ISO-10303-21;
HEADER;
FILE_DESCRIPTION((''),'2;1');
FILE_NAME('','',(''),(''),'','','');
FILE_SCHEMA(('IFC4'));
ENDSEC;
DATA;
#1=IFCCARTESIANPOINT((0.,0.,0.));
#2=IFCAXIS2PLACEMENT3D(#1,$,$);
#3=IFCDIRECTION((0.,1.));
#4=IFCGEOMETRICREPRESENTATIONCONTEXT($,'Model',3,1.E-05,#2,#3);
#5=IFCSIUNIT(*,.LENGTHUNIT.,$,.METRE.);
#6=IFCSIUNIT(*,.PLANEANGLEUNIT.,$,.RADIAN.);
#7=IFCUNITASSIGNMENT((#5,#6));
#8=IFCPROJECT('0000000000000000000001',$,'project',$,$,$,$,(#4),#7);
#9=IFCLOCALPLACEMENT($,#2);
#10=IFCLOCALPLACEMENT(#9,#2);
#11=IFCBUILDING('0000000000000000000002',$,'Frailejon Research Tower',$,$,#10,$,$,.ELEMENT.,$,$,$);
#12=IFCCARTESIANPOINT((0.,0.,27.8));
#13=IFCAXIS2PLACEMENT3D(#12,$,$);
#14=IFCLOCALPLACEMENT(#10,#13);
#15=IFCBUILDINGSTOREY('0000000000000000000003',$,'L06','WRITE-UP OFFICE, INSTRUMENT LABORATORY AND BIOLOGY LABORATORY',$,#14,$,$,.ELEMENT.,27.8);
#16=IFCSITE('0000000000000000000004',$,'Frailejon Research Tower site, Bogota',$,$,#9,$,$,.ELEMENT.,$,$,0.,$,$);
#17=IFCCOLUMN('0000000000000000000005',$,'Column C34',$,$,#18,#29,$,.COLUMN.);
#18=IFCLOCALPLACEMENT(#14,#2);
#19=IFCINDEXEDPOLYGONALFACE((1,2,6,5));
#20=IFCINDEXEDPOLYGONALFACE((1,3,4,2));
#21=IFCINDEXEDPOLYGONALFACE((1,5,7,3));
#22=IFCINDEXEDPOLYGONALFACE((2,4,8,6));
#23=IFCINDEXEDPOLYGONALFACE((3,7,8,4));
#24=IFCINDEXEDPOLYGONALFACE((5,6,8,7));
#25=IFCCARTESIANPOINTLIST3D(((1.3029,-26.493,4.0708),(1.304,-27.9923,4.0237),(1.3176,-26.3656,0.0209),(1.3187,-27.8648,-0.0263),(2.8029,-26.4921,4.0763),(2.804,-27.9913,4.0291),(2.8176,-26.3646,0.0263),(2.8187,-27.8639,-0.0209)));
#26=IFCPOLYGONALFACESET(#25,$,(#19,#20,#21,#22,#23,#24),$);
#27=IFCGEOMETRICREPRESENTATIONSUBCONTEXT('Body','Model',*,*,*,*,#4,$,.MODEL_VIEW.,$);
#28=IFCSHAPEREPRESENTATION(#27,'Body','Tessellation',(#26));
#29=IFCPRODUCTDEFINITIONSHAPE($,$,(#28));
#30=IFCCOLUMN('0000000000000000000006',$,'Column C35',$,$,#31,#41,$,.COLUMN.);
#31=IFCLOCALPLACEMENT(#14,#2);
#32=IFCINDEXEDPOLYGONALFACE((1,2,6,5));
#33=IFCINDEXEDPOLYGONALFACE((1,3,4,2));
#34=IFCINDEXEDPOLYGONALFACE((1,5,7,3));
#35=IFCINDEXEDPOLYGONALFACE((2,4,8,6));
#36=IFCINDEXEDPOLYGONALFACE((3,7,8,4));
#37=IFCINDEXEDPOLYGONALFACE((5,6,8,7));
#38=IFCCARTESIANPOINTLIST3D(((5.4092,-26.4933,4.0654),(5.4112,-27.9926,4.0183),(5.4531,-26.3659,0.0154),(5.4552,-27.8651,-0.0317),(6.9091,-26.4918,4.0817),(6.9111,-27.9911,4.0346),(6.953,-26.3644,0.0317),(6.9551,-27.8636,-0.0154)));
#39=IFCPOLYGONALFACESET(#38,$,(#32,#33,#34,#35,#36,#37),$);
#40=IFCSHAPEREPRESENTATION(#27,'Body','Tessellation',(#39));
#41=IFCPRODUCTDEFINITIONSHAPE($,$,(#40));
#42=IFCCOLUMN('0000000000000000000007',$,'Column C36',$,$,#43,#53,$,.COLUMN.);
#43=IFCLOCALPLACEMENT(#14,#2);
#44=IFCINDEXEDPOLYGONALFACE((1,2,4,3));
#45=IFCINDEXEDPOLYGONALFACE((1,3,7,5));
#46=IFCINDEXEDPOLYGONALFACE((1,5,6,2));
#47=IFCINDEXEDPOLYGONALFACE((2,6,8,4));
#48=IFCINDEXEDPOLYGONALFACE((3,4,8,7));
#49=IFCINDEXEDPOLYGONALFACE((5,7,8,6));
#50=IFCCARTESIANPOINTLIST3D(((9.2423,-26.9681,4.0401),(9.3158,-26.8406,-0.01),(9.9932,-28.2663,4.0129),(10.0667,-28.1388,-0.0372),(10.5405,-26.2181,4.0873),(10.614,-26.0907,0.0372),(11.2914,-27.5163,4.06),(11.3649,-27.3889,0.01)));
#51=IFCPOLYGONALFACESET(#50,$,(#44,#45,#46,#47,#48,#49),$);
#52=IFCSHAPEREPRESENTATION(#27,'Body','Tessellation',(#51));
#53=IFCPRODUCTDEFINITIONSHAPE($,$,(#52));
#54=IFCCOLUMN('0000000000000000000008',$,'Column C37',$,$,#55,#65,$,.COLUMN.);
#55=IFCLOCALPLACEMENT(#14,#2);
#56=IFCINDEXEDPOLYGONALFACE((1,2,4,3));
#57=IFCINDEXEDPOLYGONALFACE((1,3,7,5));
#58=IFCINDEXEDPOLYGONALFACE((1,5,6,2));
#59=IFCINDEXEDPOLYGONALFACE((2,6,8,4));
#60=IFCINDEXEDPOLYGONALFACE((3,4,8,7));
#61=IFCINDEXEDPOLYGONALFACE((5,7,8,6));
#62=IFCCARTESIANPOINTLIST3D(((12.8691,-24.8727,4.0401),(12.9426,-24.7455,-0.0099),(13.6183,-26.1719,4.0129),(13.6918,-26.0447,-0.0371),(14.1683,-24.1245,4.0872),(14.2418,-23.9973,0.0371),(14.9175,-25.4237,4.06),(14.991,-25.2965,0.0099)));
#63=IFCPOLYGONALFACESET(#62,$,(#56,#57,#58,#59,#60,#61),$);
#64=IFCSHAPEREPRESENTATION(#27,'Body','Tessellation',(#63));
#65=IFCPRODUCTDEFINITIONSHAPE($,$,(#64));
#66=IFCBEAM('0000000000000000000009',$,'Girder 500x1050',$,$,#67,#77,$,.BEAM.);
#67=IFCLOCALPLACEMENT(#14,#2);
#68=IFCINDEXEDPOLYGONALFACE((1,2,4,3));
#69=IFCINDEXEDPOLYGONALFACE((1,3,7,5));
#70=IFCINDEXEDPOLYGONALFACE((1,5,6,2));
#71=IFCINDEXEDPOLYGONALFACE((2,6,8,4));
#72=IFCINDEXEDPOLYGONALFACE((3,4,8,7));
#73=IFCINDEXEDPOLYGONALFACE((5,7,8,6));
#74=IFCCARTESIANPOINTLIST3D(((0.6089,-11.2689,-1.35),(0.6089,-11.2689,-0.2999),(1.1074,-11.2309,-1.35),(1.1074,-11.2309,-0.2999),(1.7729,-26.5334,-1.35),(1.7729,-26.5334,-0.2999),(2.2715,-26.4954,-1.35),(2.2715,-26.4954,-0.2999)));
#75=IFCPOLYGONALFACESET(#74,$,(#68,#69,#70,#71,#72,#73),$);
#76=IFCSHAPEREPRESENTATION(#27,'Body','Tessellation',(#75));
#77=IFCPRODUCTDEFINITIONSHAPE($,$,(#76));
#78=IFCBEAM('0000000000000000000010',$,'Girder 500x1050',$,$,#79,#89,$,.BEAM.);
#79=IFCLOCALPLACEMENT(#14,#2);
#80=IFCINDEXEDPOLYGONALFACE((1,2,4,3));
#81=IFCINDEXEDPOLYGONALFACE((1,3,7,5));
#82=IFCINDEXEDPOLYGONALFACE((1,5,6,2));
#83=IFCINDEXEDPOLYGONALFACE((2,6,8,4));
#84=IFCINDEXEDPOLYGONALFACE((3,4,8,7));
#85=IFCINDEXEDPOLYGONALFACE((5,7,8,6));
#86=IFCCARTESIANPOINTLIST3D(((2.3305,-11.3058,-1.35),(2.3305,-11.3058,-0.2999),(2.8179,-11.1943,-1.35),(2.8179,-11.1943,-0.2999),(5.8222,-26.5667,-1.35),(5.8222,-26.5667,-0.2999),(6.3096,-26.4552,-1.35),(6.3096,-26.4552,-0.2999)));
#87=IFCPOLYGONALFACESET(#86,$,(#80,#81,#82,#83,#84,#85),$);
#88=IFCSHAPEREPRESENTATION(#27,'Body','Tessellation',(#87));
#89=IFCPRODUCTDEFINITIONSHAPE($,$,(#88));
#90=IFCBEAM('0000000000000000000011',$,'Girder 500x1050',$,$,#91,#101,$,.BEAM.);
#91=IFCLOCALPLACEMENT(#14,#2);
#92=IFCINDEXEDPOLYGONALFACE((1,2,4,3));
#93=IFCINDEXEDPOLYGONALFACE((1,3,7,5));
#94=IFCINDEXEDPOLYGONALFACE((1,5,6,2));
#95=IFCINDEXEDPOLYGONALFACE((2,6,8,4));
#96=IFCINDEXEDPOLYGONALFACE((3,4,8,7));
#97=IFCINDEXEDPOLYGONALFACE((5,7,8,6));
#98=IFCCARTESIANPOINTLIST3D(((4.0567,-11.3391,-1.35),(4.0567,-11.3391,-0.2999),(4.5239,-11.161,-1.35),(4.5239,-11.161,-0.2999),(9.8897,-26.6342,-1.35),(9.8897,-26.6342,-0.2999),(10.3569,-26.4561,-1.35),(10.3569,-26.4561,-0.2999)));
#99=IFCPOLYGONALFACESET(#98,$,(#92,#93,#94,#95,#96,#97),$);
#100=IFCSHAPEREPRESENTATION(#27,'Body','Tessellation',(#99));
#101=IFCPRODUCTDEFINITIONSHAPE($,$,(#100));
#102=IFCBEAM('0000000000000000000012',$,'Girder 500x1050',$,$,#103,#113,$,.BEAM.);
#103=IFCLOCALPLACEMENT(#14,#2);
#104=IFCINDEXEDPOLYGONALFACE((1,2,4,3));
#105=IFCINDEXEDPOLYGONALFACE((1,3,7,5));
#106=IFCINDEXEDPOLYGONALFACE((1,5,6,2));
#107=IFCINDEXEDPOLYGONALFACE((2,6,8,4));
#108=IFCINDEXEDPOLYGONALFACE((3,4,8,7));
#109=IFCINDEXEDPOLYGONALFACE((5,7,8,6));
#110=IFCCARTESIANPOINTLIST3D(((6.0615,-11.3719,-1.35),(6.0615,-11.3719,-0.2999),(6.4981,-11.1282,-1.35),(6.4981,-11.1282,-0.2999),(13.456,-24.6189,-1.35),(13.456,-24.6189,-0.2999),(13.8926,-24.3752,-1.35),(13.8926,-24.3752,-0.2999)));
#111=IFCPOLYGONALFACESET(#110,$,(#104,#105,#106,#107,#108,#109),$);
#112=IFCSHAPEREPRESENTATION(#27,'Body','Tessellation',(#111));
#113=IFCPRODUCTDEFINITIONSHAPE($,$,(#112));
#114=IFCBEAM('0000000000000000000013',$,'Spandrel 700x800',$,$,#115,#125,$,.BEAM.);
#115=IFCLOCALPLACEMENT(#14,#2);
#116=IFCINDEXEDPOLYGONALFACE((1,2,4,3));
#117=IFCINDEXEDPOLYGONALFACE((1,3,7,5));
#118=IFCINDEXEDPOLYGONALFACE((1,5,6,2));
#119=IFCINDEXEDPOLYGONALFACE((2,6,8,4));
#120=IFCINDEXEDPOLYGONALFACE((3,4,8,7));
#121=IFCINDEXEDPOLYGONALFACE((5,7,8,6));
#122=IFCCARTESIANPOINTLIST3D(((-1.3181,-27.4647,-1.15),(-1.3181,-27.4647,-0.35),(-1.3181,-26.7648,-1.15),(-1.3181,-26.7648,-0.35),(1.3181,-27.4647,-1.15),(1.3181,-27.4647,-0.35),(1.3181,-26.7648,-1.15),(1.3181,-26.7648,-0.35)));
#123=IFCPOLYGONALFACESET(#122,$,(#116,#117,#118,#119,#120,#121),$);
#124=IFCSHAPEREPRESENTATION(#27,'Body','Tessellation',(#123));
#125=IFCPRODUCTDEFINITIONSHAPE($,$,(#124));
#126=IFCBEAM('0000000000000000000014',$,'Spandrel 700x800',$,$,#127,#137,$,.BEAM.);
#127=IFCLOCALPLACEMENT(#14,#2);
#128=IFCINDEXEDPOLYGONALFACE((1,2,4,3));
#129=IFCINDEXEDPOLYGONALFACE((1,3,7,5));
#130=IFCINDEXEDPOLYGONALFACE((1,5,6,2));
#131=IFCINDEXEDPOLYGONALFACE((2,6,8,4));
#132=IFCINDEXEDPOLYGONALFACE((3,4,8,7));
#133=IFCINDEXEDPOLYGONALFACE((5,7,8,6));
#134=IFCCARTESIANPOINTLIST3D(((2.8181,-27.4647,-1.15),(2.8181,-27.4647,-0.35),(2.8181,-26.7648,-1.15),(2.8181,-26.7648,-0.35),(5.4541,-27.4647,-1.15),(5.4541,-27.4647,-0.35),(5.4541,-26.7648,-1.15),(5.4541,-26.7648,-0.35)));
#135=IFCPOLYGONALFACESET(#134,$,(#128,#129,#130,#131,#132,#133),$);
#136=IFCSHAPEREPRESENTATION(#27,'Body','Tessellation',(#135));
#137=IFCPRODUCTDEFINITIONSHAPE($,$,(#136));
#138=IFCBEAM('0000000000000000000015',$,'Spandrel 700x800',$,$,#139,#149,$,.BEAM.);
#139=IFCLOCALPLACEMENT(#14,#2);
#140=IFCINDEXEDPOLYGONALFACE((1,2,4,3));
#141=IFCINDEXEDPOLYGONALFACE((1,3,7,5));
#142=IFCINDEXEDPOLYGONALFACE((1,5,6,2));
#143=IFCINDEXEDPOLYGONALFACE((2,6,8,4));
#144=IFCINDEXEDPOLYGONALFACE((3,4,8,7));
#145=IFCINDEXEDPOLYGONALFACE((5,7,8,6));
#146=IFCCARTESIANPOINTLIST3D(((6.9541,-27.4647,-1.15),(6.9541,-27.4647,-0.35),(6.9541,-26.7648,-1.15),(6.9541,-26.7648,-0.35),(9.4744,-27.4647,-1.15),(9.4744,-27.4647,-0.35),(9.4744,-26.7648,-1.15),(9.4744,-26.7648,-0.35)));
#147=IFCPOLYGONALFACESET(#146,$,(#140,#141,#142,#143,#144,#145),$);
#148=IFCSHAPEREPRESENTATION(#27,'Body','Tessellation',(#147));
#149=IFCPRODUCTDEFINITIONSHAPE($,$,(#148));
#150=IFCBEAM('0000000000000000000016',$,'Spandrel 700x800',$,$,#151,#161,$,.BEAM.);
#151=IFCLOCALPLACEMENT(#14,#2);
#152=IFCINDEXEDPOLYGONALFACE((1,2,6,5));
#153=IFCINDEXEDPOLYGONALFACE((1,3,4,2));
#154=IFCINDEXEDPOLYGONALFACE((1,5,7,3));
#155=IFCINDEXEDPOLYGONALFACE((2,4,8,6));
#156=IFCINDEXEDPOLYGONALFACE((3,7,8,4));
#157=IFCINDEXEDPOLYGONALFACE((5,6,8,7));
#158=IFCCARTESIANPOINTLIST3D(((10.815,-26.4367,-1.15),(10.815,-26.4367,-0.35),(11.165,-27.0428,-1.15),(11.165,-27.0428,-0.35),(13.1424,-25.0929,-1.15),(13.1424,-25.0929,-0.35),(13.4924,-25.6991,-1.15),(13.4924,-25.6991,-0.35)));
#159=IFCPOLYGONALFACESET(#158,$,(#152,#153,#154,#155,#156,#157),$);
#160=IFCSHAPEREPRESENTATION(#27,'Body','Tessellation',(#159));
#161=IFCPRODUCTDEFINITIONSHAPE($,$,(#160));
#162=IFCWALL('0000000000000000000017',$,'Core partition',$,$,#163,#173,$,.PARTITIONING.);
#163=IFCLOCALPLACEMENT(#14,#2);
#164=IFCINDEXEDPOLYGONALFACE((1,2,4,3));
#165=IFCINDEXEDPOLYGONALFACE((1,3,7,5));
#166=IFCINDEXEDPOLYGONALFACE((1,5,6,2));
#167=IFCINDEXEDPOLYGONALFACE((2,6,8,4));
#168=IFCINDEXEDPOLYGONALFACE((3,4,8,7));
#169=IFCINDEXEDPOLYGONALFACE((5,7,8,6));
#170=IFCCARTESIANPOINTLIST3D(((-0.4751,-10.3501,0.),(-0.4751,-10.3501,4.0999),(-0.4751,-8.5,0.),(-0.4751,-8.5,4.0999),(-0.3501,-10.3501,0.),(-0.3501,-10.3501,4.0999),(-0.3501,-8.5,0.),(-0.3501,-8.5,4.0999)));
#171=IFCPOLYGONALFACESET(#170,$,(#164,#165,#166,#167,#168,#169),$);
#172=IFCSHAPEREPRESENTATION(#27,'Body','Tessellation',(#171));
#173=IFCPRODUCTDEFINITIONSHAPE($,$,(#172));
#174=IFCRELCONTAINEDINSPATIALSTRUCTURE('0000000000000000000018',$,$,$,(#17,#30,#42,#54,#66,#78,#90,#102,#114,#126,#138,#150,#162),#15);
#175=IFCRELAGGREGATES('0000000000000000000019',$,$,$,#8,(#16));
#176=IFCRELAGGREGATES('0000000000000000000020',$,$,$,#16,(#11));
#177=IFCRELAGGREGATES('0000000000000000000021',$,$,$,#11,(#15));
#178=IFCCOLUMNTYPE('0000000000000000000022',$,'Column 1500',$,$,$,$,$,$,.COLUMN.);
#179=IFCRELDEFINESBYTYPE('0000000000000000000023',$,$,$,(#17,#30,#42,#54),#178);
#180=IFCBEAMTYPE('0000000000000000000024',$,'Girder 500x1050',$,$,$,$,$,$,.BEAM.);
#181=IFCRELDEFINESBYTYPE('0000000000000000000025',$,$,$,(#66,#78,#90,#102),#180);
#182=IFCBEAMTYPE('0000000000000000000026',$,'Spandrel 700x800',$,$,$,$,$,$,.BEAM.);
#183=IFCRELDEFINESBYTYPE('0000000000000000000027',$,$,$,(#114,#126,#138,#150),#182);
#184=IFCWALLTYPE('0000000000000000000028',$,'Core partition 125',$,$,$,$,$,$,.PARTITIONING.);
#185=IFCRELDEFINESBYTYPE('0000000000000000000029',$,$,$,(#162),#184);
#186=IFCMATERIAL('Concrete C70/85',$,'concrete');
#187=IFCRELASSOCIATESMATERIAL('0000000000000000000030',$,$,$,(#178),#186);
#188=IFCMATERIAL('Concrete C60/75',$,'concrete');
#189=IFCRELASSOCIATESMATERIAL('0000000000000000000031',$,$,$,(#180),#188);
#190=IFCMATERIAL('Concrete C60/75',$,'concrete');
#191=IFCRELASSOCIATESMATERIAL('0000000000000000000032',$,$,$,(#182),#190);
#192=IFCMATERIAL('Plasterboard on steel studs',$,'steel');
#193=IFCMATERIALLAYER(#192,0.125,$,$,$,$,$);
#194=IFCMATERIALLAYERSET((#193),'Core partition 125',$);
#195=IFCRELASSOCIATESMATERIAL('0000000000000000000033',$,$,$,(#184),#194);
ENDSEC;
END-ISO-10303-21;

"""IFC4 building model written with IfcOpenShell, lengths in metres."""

from ifc_helpers import new_model, si_unit, direction, frame, frame_2d, origin, origin_2d, place, context, subcontext, project, spatial, rectangle, extrude, material, layer, layer_set, material_profile, profile_set, type_object, element, save


model = new_model("IFC4")

# Units and contexts
model_context = context("Model", 3, precision=1e-05, world=origin(), true_north=direction((0.0, 1.0)))
body_context = subcontext(model_context, "Body", "Model", "MODEL_VIEW")
ifc_project = project(units=[si_unit("LENGTHUNIT", "METRE"), si_unit("PLANEANGLEUNIT", "RADIAN")], contexts=[model_context])

# Site, building, storey
site_placement = place(None, origin())
site = spatial("IfcSite", under=ifc_project, at=site_placement, Name="Frailejon Research Tower site, Bogota", CompositionType="ELEMENT", RefElevation=0.0)
building_placement = place(site_placement, origin())
building = spatial("IfcBuilding", under=site, at=building_placement, Name="Frailejon Research Tower", CompositionType="ELEMENT")
storey_placement = place(building_placement, frame((0.0, 0.0, 27.8)))
storey = spatial("IfcBuildingStorey", under=building, at=storey_placement, Name="L06", Description="WRITE-UP OFFICE, INSTRUMENT LABORATORY AND BIOLOGY LABORATORY", CompositionType="ELEMENT", Elevation=27.8)

# Columns
ifc_material_1 = material(Name="Concrete C70/85", Category="concrete")
ifc_material_profile_1 = material_profile(ifc_material_1, rectangle(XDim=1.5, YDim=1.5, at=origin_2d()), Name="Column 1500")
ifc_profile_set_1 = profile_set([ifc_material_profile_1], Name="Concrete C70/85")
column_type = type_object("IfcColumnType", Name="Column 1500", PredefinedType="COLUMN", material=ifc_profile_set_1)
column_1_placement = place(storey_placement, frame((2.0681, -27.1147, 0.0), z_axis=(-0.003615, -0.031451, 0.999499), x_axis=(0.999993, 0.000624, 0.003636)))
element("IfcColumn", 1, at=column_1_placement, inside=storey, type_object=column_type, Name="Column C34", PredefinedType="COLUMN", context=body_context, shape_type="SweptSolid", body=[
    extrude(rectangle(XDim=1.5, YDim=1.5, at=origin_2d()), origin(), (0.0, 0.0, 1.0), 4.052),
])
column_2_placement = place(storey_placement, frame((6.2041, -27.1147, 0.0), z_axis=(-0.010845, -0.031449, 0.999447), x_axis=(0.99994, 0.001017, 0.010882)))
element("IfcColumn", 2, at=column_2_placement, inside=storey, type_object=column_type, Name="Column C35", PredefinedType="COLUMN", context=body_context, shape_type="SweptSolid", body=[
    extrude(rectangle(XDim=1.5, YDim=1.5, at=origin_2d()), origin(), (0.0, 0.0, 1.0), 4.0522),
])
for number, where, z_axis, x_axis, name in (
    (3, (10.3403, -27.1147, 0.0), (-0.018133, -0.031446, 0.999341), (0.865469, 0.499975, 0.031436), "Column C36"),
    (4, (13.9668, -25.021, 0.0), (-0.018133, -0.031386, 0.999343), (0.866156, 0.498787, 0.031381), "Column C37"),
):
    element("IfcColumn", number, at=place(storey_placement, frame(where, z_axis=z_axis, x_axis=x_axis)), inside=storey, type_object=column_type, Name=name, PredefinedType="COLUMN", context=body_context, shape_type="SweptSolid", body=[
        extrude(rectangle(XDim=1.5, YDim=1.5, at=origin_2d()), origin(), (0.0, 0.0, 1.0), 4.0527),
    ])

# Beams
ifc_material_2 = material(Name="Concrete C60/75", Category="concrete")
ifc_material_profile_2 = material_profile(ifc_material_2, rectangle(XDim=0.5, YDim=1.05, at=origin_2d()), Name="Girder 500x1050")
ifc_profile_set_2 = profile_set([ifc_material_profile_2], Name="Concrete C60/75")
beam_type_1 = type_object("IfcBeamType", Name="Girder 500x1050", PredefinedType="BEAM", material=ifc_profile_set_2)
beam_1_placement = place(storey_placement, frame((2.0222, -26.5144, -0.825), z_axis=(-0.076039, 0.997105, 0.0), x_axis=(-0.997105, -0.076039, 0.0)))
element("IfcBeam", 5, at=beam_1_placement, inside=storey, type_object=beam_type_1, Name="Girder 500x1050", PredefinedType="BEAM", context=body_context, shape_type="SweptSolid", body=[
    extrude(rectangle(XDim=0.5, YDim=1.05, at=origin_2d()), origin(), (0.0, 0.0, 1.0), 15.3088),
])
beam_2_placement = place(storey_placement, frame((6.0659, -26.511, -0.825), z_axis=(-0.223036, 0.97481, 0.0), x_axis=(-0.97481, -0.223036, 0.0)))
element("IfcBeam", 6, at=beam_2_placement, inside=storey, type_object=beam_type_1, Name="Girder 500x1050", PredefinedType="BEAM", context=body_context, shape_type="SweptSolid", body=[
    extrude(rectangle(XDim=0.5, YDim=1.05, at=origin_2d()), origin(), (0.0, 0.0, 1.0), 15.6553),
])
beam_3_placement = place(storey_placement, frame((10.1233, -26.5452, -0.825), z_axis=(-0.35633, 0.93436, 0.0), x_axis=(-0.93436, -0.35633, 0.0)))
element("IfcBeam", 7, at=beam_3_placement, inside=storey, type_object=beam_type_1, Name="Girder 500x1050", PredefinedType="BEAM", context=body_context, shape_type="SweptSolid", body=[
    extrude(rectangle(XDim=0.5, YDim=1.05, at=origin_2d()), origin(), (0.0, 0.0, 1.0), 16.3696),
])
beam_4_placement = place(storey_placement, frame((13.6743, -24.4971, -0.825), z_axis=(-0.487407, 0.873175, 0.0), x_axis=(-0.873175, -0.487407, 0.0)))
element("IfcBeam", 8, at=beam_4_placement, inside=storey, type_object=beam_type_1, Name="Girder 500x1050", PredefinedType="BEAM", context=body_context, shape_type="SweptSolid", body=[
    extrude(rectangle(XDim=0.5, YDim=1.05, at=origin_2d()), origin(), (0.0, 0.0, 1.0), 15.1711),
])
ifc_material_3 = material(Name="Concrete C60/75", Category="concrete")
ifc_material_profile_3 = material_profile(ifc_material_3, rectangle(XDim=0.7, YDim=0.8, at=origin_2d()), Name="Spandrel 700x800")
ifc_profile_set_3 = profile_set([ifc_material_profile_3], Name="Concrete C60/75")
beam_type_2 = type_object("IfcBeamType", Name="Spandrel 700x800", PredefinedType="BEAM", material=ifc_profile_set_3)
beam_5_placement = place(storey_placement, frame((-1.3181, -27.1147, -0.75), z_axis=(1.0, 0.0, 0.0), x_axis=(0.0, 1.0, 0.0)))
element("IfcBeam", 9, at=beam_5_placement, inside=storey, type_object=beam_type_2, Name="Spandrel 700x800", PredefinedType="BEAM", context=body_context, shape_type="SweptSolid", body=[
    extrude(rectangle(XDim=0.7, YDim=0.8, at=origin_2d()), origin(), (0.0, 0.0, 1.0), 2.6362),
])
beam_6_placement = place(storey_placement, frame((2.8181, -27.1147, -0.75), z_axis=(1.0, 0.0, 0.0), x_axis=(0.0, 1.0, 0.0)))
element("IfcBeam", 10, at=beam_6_placement, inside=storey, type_object=beam_type_2, Name="Spandrel 700x800", PredefinedType="BEAM", context=body_context, shape_type="SweptSolid", body=[
    extrude(rectangle(XDim=0.7, YDim=0.8, at=origin_2d()), origin(), (0.0, 0.0, 1.0), 2.636),
])
beam_7_placement = place(storey_placement, frame((6.9541, -27.1147, -0.75), z_axis=(1.0, 0.0, 0.0), x_axis=(0.0, 1.0, 0.0)))
element("IfcBeam", 11, at=beam_7_placement, inside=storey, type_object=beam_type_2, Name="Spandrel 700x800", PredefinedType="BEAM", context=body_context, shape_type="SweptSolid", body=[
    extrude(rectangle(XDim=0.7, YDim=0.8, at=origin_2d()), origin(), (0.0, 0.0, 1.0), 2.5203),
])
beam_8_placement = place(storey_placement, frame((10.99, -26.7397, -0.75), z_axis=(0.866021, 0.500008, 0.0), x_axis=(-0.500008, 0.866021, 0.0)))
element("IfcBeam", 12, at=beam_8_placement, inside=storey, type_object=beam_type_2, Name="Spandrel 700x800", PredefinedType="BEAM", context=body_context, shape_type="SweptSolid", body=[
    extrude(rectangle(XDim=0.7, YDim=0.8, at=origin_2d()), origin(), (0.0, 0.0, 1.0), 2.6875),
])

# Wall
ifc_material_4 = material(Name="Plasterboard on steel studs", Category="steel")
ifc_layer_1 = layer(ifc_material_4, 0.125)
ifc_layer_set_1 = layer_set([ifc_layer_1], Name="Core partition 125")
wall_type_1 = type_object("IfcWallType", Name="Core partition 125", PredefinedType="PARTITIONING", material=ifc_layer_set_1)
wall_1_placement = place(storey_placement, frame((-0.4126, -10.3501, 0.0), z_axis=(0.0, 0.0, 1.0), x_axis=(0.0, 1.0, 0.0)))
element("IfcWall", 13, at=wall_1_placement, inside=storey, type_object=wall_type_1, Name="Core partition", PredefinedType="PARTITIONING", context=body_context, shape_type="SweptSolid", body=[
    extrude(rectangle(XDim=1.8501, YDim=0.125, at=frame_2d((0.925, 0.0))), origin(), (0.0, 0.0, 1.0), 4.0999),
])

save(model, "model.ifc")
